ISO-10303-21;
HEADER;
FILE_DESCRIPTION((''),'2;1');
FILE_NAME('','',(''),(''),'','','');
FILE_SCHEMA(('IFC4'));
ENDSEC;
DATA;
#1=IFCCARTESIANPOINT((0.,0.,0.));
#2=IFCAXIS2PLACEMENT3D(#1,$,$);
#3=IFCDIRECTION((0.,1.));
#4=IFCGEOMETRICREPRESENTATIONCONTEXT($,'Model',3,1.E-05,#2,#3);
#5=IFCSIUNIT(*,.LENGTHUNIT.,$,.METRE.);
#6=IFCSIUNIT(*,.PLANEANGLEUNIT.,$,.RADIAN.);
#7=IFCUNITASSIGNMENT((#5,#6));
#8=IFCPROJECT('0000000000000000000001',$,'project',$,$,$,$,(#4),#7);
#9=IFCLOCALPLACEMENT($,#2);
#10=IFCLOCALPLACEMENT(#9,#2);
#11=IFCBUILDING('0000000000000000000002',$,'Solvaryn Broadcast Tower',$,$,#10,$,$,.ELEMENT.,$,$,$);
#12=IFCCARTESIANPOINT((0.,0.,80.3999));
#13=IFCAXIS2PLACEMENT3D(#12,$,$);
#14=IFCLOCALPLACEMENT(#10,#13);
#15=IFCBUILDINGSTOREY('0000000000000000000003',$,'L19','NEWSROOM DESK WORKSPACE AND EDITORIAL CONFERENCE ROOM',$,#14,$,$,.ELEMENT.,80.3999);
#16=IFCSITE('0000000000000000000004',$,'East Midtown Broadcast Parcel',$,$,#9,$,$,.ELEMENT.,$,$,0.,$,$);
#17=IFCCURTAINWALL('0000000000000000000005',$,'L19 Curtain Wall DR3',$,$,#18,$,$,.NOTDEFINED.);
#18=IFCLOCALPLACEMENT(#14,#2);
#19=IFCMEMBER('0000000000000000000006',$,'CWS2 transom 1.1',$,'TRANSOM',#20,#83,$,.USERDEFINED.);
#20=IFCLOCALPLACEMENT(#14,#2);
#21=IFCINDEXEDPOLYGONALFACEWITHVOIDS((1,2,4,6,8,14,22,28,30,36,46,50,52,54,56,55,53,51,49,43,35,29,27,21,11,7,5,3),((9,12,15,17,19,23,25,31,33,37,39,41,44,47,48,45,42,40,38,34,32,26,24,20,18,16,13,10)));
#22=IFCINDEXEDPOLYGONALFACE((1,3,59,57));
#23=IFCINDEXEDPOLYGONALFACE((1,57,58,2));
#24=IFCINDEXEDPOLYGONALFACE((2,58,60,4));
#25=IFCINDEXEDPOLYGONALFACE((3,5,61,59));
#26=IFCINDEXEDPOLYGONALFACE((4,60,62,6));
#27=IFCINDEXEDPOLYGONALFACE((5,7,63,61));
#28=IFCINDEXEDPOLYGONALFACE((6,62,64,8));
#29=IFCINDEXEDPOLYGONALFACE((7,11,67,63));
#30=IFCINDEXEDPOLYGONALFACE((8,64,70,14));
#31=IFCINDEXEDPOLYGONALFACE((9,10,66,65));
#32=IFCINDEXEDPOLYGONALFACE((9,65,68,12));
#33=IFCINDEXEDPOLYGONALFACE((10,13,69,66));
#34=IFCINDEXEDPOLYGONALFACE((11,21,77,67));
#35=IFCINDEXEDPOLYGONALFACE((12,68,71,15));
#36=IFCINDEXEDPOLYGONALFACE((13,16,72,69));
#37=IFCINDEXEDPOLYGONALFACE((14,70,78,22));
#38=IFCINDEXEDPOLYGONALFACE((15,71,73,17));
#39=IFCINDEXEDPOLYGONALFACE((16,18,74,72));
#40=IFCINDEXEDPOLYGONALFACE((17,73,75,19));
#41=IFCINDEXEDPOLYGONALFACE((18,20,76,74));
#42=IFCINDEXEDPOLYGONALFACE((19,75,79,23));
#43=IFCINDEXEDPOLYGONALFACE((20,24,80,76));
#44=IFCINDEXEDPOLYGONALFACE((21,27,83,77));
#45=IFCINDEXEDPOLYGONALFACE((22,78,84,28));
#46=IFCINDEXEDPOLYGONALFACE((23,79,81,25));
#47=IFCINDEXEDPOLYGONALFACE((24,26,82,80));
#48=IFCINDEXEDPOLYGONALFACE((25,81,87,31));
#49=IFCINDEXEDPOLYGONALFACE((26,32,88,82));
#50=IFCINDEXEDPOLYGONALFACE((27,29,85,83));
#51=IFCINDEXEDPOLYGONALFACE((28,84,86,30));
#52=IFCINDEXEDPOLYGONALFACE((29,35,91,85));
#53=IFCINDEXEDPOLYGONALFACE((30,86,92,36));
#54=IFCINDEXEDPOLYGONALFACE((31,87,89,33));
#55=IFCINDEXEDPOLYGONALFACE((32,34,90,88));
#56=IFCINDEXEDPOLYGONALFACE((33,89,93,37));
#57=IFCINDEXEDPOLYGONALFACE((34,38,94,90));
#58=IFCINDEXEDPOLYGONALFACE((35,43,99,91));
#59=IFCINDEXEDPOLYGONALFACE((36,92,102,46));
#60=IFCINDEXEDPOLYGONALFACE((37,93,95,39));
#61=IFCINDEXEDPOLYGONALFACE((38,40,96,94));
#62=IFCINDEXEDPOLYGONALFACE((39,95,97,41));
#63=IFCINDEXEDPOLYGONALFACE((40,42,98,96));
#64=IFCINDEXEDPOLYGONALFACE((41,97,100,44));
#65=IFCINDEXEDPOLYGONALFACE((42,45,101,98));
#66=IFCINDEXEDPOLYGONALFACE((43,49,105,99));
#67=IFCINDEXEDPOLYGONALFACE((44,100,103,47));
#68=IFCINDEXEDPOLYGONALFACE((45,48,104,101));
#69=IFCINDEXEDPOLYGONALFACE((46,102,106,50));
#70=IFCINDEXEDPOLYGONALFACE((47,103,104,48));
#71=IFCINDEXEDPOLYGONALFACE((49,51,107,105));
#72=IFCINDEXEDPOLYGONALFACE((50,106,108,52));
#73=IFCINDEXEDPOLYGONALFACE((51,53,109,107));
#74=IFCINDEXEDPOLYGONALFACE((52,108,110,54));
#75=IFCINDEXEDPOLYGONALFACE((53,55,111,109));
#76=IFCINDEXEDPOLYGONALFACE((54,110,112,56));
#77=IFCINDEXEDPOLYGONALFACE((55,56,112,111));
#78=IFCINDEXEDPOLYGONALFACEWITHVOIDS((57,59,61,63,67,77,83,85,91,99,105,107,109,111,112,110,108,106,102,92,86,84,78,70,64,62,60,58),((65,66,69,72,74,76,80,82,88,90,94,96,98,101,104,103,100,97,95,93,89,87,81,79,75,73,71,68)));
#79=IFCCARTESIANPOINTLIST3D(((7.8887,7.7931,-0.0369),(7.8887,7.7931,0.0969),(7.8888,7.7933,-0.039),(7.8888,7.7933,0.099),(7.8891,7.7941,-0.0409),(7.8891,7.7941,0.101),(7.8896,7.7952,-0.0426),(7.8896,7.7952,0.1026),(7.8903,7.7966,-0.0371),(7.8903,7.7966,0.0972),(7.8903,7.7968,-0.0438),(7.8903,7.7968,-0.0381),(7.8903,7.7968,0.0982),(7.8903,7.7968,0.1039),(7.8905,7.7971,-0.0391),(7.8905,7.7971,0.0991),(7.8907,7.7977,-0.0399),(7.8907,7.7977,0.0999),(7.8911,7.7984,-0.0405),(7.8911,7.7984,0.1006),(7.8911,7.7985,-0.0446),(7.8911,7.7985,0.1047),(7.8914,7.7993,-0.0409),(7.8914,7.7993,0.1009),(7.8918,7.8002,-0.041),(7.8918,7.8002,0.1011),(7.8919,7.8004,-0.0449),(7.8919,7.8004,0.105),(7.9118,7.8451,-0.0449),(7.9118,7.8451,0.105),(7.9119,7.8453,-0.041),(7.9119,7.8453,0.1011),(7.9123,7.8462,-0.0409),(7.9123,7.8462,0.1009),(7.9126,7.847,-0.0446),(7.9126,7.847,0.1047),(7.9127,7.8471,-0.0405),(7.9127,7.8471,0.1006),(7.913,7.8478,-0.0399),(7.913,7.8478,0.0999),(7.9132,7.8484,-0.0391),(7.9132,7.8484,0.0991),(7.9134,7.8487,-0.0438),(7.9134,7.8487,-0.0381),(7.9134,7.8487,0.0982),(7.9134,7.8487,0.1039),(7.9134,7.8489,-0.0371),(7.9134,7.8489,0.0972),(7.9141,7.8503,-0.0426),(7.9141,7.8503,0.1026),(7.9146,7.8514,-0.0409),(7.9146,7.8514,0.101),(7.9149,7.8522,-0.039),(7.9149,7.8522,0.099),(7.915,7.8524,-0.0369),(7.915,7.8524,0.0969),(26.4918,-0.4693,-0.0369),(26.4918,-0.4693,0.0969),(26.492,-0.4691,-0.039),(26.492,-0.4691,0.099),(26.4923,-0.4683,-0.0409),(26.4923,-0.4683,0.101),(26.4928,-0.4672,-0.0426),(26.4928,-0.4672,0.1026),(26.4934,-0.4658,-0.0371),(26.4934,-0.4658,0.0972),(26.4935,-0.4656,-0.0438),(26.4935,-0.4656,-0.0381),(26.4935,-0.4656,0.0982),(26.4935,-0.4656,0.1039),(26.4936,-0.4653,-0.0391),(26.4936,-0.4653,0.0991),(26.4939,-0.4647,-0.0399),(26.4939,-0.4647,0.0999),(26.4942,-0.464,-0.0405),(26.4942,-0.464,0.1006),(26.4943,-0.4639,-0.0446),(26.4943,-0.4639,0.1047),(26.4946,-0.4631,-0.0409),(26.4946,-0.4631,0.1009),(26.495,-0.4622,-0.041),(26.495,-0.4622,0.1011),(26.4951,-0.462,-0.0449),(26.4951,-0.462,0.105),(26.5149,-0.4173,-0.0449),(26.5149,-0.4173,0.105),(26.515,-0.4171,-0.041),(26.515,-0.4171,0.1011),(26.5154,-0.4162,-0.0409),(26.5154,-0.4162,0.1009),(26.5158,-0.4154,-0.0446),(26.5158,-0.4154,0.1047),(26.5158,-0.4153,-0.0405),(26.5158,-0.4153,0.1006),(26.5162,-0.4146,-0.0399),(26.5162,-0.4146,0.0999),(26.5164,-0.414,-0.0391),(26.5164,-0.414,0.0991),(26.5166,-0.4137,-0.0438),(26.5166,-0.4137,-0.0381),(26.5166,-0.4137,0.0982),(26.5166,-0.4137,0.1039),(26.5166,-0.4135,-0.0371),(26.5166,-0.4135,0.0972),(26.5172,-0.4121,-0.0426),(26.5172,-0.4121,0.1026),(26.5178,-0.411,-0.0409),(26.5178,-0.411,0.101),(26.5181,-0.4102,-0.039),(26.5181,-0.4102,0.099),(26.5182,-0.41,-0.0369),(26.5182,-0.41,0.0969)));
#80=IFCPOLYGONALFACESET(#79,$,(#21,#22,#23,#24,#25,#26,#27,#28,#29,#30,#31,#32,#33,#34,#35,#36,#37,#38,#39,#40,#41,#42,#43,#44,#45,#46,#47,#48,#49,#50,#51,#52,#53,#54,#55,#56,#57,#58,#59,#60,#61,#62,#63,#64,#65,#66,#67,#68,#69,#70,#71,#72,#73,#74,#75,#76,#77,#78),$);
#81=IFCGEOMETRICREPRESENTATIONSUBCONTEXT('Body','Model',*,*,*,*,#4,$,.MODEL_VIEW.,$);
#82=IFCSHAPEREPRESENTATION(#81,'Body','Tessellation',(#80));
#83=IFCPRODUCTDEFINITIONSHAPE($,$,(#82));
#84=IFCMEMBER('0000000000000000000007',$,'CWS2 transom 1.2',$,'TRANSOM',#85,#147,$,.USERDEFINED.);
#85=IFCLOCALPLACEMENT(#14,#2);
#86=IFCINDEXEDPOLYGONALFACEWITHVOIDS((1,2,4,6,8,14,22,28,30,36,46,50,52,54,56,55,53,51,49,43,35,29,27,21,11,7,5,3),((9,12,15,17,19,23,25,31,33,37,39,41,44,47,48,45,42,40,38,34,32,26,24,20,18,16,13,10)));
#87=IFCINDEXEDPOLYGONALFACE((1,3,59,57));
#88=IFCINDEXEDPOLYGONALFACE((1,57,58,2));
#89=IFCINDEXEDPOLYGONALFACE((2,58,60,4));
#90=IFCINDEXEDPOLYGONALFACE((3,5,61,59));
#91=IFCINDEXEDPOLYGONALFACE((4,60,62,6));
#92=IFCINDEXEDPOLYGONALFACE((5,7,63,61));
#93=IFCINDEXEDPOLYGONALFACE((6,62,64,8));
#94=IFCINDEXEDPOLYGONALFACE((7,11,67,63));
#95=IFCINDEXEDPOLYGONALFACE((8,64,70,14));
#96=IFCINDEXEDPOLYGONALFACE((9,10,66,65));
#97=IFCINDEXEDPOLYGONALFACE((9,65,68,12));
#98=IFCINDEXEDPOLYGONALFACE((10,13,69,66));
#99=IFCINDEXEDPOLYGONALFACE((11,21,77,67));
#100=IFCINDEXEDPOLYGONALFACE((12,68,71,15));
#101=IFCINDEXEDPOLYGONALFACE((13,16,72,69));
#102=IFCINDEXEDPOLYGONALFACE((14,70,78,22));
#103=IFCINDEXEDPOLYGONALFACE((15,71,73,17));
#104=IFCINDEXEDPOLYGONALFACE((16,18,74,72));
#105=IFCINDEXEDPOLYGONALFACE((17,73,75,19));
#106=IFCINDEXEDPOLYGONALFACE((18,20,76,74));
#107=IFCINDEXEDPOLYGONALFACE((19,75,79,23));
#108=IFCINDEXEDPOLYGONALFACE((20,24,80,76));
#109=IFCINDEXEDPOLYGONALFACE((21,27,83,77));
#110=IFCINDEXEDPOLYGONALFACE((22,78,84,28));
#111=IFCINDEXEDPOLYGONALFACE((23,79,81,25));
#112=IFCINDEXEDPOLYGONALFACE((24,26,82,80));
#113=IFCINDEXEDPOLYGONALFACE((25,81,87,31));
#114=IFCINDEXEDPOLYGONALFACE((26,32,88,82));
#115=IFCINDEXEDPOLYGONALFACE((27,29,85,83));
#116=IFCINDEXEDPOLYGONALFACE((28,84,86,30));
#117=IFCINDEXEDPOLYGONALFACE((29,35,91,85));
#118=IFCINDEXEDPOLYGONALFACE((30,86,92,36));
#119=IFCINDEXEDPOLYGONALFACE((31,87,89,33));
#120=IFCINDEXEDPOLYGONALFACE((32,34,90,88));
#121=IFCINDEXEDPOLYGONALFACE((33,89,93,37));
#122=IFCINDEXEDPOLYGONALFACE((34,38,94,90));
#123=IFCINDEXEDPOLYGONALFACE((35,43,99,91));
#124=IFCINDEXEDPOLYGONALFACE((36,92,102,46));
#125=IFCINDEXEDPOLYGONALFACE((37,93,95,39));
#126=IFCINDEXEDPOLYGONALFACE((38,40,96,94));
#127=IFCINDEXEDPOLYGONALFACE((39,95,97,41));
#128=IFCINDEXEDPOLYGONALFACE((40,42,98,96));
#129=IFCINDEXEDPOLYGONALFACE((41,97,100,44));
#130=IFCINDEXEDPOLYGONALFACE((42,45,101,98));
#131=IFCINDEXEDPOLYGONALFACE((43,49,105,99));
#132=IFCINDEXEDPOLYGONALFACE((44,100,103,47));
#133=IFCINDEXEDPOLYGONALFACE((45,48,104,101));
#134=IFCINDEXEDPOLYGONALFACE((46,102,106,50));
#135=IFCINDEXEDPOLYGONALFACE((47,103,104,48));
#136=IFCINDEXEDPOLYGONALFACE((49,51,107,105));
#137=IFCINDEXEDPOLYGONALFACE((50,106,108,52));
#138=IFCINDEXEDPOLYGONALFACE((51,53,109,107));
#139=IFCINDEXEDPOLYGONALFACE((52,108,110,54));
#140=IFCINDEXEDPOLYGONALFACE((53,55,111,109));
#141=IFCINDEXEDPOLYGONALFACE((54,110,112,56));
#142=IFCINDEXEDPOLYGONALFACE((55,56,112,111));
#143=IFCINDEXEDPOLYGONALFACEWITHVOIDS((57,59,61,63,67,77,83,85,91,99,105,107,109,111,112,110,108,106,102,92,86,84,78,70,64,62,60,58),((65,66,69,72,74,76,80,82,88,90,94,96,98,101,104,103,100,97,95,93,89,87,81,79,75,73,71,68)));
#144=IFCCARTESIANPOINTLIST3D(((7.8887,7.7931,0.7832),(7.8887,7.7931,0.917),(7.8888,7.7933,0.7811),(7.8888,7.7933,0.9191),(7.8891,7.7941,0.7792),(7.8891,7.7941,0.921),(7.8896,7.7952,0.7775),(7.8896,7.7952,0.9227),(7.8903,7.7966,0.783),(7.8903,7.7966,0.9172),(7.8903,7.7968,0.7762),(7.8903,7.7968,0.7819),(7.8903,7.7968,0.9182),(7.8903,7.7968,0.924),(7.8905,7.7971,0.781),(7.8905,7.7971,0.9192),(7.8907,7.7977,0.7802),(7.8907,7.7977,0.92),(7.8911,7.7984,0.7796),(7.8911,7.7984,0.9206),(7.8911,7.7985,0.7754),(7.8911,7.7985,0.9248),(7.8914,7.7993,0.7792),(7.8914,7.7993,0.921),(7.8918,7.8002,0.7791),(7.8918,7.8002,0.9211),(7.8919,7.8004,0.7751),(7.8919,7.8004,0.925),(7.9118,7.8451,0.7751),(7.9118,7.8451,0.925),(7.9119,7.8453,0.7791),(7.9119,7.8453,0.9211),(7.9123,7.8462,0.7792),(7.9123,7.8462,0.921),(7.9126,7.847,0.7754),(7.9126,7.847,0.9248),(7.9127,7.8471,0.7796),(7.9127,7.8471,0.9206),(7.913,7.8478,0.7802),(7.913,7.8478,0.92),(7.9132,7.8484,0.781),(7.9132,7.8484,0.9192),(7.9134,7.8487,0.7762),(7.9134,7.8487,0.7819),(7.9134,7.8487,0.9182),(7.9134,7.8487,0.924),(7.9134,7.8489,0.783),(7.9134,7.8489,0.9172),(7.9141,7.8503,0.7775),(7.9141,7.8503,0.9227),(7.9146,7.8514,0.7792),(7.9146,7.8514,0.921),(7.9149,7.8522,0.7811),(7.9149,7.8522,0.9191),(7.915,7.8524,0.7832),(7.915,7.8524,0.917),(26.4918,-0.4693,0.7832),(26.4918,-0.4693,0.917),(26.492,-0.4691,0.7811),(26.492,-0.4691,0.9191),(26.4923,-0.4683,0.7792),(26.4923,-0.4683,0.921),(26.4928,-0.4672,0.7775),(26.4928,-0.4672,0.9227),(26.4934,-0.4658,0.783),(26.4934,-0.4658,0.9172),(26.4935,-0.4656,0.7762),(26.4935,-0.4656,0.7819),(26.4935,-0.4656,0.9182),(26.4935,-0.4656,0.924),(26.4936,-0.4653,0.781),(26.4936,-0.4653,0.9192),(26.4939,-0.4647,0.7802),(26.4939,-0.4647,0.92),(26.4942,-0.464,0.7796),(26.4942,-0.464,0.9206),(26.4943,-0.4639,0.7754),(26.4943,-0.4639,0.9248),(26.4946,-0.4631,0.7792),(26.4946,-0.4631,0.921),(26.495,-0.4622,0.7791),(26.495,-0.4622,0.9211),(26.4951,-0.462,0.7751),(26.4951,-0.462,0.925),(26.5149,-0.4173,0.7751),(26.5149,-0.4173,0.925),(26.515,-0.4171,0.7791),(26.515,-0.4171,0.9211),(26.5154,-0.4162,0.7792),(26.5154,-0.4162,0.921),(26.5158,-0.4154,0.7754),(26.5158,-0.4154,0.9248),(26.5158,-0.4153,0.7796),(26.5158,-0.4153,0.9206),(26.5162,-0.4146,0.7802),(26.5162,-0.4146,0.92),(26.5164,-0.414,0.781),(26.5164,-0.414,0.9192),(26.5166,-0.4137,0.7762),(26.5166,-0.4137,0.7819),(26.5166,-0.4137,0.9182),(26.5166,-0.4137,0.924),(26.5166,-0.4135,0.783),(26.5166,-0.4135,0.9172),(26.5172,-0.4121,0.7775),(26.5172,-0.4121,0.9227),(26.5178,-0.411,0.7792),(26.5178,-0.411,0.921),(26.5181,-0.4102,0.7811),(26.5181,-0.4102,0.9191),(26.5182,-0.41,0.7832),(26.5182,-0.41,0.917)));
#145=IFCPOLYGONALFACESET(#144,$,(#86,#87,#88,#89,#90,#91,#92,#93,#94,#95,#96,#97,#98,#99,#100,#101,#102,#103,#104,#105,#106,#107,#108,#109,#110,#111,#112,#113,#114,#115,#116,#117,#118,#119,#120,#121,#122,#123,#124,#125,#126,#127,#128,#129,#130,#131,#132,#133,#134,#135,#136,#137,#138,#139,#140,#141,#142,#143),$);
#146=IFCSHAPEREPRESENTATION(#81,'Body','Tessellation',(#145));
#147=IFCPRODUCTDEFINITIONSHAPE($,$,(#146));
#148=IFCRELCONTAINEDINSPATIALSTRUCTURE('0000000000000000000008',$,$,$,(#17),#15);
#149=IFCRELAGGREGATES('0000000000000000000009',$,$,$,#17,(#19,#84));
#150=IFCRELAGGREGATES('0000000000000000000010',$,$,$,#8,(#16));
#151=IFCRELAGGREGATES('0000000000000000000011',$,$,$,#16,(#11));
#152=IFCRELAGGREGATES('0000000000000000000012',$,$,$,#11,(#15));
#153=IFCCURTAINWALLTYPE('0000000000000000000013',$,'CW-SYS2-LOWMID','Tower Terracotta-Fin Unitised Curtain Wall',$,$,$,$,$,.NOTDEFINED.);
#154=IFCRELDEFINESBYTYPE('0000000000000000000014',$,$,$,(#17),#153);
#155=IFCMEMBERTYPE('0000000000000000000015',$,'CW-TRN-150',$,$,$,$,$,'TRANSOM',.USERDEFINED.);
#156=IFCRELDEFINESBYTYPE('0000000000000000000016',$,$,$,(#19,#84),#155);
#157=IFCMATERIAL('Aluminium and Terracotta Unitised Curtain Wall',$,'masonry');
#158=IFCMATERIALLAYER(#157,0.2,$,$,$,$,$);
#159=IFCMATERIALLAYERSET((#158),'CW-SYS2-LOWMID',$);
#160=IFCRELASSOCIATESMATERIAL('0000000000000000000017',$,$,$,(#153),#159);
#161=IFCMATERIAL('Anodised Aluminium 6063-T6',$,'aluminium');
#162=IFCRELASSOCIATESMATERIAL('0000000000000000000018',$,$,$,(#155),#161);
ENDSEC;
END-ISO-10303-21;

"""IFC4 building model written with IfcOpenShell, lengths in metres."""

from ifc_helpers import new_model, si_unit, direction, frame, origin, origin_2d, place, context, subcontext, project, spatial, hollow_rectangle, extrude, material, layer, layer_set, material_profile, profile_set, type_object, element, aggregate, save


model = new_model("IFC4")

# Units and contexts
model_context = context("Model", 3, precision=1e-05, world=origin(), true_north=direction((0.0, 1.0)))
body_context = subcontext(model_context, "Body", "Model", "MODEL_VIEW")
ifc_project = project(units=[si_unit("LENGTHUNIT", "METRE"), si_unit("PLANEANGLEUNIT", "RADIAN")], contexts=[model_context])

# Site, building, storey
site_placement = place(None, origin())
site = spatial("IfcSite", under=ifc_project, at=site_placement, Name="East Midtown Broadcast Parcel", CompositionType="ELEMENT", RefElevation=0.0)
building_placement = place(site_placement, origin())
building = spatial("IfcBuilding", under=site, at=building_placement, Name="Solvaryn Broadcast Tower", CompositionType="ELEMENT")
storey_placement = place(building_placement, frame((0.0, 0.0, 80.3999)))
storey = spatial("IfcBuildingStorey", under=building, at=storey_placement, Name="L19", Description="NEWSROOM DESK WORKSPACE AND EDITORIAL CONFERENCE ROOM", CompositionType="ELEMENT", Elevation=80.3999)

# Curtain wall, members
ifc_material_1 = material(Name="Aluminium and Terracotta Unitised Curtain Wall", Category="masonry")
ifc_layer_1 = layer(ifc_material_1, 0.2)
ifc_layer_set_1 = layer_set([ifc_layer_1], Name="CW-SYS2-LOWMID")
curtain_wall_type_1 = type_object("IfcCurtainWallType", Name="CW-SYS2-LOWMID", Description="Tower Terracotta-Fin Unitised Curtain Wall", PredefinedType="NOTDEFINED", material=ifc_layer_set_1)
curtain_wall_1_placement = place(storey_placement, origin())
curtain_wall_1 = element("IfcCurtainWall", 1, at=curtain_wall_1_placement, inside=storey, type_object=curtain_wall_type_1, Name="L19 Curtain Wall DR3", PredefinedType="NOTDEFINED")
ifc_material_2 = material(Name="Anodised Aluminium 6063-T6", Category="aluminium")
ifc_material_profile_1 = material_profile(ifc_material_2, hollow_rectangle(XDim=0.0649, YDim=0.1499, WallThickness=0.0039, InnerFilletRadius=0.0039, OuterFilletRadius=0.0081, at=origin_2d()))
ifc_profile_set_1 = profile_set([ifc_material_profile_1], Name="Anodised Aluminium 6063-T6")
member_type_1 = type_object("IfcMemberType", Name="CW-TRN-150", ElementType="TRANSOM", PredefinedType="USERDEFINED", material=ifc_profile_set_1)
member_1_placement = place(storey_placement, frame((7.9019, 7.8228, 0.03), z_axis=(0.913915, -0.405906, 0.0), x_axis=(0.405906, 0.913915, 0.0)))
member_1 = element("IfcMember", 2, at=member_1_placement, type_object=member_type_1, Name="CWS2 transom 1.1", ObjectType="TRANSOM", PredefinedType="USERDEFINED", context=body_context, shape_type="SweptSolid", body=[
    extrude(hollow_rectangle(XDim=0.0649, YDim=0.1499, WallThickness=0.0039, InnerFilletRadius=0.0039, OuterFilletRadius=0.0081, at=origin_2d()), origin(), (0.0, 0.0, 1.0), 20.3555),
])
member_2_placement = place(storey_placement, frame((7.9019, 7.8228, 0.8501), z_axis=(0.913915, -0.405906, 0.0), x_axis=(0.405906, 0.913915, 0.0)))
member_2 = element("IfcMember", 3, at=member_2_placement, type_object=member_type_1, Name="CWS2 transom 1.2", ObjectType="TRANSOM", PredefinedType="USERDEFINED", context=body_context, shape_type="SweptSolid", body=[
    extrude(hollow_rectangle(XDim=0.0649, YDim=0.1499, WallThickness=0.0039, InnerFilletRadius=0.0039, OuterFilletRadius=0.0081, at=origin_2d()), origin(), (0.0, 0.0, 1.0), 20.3555),
])
aggregate(curtain_wall_1, [member_1, member_2])

save(model, "model.ifc")
